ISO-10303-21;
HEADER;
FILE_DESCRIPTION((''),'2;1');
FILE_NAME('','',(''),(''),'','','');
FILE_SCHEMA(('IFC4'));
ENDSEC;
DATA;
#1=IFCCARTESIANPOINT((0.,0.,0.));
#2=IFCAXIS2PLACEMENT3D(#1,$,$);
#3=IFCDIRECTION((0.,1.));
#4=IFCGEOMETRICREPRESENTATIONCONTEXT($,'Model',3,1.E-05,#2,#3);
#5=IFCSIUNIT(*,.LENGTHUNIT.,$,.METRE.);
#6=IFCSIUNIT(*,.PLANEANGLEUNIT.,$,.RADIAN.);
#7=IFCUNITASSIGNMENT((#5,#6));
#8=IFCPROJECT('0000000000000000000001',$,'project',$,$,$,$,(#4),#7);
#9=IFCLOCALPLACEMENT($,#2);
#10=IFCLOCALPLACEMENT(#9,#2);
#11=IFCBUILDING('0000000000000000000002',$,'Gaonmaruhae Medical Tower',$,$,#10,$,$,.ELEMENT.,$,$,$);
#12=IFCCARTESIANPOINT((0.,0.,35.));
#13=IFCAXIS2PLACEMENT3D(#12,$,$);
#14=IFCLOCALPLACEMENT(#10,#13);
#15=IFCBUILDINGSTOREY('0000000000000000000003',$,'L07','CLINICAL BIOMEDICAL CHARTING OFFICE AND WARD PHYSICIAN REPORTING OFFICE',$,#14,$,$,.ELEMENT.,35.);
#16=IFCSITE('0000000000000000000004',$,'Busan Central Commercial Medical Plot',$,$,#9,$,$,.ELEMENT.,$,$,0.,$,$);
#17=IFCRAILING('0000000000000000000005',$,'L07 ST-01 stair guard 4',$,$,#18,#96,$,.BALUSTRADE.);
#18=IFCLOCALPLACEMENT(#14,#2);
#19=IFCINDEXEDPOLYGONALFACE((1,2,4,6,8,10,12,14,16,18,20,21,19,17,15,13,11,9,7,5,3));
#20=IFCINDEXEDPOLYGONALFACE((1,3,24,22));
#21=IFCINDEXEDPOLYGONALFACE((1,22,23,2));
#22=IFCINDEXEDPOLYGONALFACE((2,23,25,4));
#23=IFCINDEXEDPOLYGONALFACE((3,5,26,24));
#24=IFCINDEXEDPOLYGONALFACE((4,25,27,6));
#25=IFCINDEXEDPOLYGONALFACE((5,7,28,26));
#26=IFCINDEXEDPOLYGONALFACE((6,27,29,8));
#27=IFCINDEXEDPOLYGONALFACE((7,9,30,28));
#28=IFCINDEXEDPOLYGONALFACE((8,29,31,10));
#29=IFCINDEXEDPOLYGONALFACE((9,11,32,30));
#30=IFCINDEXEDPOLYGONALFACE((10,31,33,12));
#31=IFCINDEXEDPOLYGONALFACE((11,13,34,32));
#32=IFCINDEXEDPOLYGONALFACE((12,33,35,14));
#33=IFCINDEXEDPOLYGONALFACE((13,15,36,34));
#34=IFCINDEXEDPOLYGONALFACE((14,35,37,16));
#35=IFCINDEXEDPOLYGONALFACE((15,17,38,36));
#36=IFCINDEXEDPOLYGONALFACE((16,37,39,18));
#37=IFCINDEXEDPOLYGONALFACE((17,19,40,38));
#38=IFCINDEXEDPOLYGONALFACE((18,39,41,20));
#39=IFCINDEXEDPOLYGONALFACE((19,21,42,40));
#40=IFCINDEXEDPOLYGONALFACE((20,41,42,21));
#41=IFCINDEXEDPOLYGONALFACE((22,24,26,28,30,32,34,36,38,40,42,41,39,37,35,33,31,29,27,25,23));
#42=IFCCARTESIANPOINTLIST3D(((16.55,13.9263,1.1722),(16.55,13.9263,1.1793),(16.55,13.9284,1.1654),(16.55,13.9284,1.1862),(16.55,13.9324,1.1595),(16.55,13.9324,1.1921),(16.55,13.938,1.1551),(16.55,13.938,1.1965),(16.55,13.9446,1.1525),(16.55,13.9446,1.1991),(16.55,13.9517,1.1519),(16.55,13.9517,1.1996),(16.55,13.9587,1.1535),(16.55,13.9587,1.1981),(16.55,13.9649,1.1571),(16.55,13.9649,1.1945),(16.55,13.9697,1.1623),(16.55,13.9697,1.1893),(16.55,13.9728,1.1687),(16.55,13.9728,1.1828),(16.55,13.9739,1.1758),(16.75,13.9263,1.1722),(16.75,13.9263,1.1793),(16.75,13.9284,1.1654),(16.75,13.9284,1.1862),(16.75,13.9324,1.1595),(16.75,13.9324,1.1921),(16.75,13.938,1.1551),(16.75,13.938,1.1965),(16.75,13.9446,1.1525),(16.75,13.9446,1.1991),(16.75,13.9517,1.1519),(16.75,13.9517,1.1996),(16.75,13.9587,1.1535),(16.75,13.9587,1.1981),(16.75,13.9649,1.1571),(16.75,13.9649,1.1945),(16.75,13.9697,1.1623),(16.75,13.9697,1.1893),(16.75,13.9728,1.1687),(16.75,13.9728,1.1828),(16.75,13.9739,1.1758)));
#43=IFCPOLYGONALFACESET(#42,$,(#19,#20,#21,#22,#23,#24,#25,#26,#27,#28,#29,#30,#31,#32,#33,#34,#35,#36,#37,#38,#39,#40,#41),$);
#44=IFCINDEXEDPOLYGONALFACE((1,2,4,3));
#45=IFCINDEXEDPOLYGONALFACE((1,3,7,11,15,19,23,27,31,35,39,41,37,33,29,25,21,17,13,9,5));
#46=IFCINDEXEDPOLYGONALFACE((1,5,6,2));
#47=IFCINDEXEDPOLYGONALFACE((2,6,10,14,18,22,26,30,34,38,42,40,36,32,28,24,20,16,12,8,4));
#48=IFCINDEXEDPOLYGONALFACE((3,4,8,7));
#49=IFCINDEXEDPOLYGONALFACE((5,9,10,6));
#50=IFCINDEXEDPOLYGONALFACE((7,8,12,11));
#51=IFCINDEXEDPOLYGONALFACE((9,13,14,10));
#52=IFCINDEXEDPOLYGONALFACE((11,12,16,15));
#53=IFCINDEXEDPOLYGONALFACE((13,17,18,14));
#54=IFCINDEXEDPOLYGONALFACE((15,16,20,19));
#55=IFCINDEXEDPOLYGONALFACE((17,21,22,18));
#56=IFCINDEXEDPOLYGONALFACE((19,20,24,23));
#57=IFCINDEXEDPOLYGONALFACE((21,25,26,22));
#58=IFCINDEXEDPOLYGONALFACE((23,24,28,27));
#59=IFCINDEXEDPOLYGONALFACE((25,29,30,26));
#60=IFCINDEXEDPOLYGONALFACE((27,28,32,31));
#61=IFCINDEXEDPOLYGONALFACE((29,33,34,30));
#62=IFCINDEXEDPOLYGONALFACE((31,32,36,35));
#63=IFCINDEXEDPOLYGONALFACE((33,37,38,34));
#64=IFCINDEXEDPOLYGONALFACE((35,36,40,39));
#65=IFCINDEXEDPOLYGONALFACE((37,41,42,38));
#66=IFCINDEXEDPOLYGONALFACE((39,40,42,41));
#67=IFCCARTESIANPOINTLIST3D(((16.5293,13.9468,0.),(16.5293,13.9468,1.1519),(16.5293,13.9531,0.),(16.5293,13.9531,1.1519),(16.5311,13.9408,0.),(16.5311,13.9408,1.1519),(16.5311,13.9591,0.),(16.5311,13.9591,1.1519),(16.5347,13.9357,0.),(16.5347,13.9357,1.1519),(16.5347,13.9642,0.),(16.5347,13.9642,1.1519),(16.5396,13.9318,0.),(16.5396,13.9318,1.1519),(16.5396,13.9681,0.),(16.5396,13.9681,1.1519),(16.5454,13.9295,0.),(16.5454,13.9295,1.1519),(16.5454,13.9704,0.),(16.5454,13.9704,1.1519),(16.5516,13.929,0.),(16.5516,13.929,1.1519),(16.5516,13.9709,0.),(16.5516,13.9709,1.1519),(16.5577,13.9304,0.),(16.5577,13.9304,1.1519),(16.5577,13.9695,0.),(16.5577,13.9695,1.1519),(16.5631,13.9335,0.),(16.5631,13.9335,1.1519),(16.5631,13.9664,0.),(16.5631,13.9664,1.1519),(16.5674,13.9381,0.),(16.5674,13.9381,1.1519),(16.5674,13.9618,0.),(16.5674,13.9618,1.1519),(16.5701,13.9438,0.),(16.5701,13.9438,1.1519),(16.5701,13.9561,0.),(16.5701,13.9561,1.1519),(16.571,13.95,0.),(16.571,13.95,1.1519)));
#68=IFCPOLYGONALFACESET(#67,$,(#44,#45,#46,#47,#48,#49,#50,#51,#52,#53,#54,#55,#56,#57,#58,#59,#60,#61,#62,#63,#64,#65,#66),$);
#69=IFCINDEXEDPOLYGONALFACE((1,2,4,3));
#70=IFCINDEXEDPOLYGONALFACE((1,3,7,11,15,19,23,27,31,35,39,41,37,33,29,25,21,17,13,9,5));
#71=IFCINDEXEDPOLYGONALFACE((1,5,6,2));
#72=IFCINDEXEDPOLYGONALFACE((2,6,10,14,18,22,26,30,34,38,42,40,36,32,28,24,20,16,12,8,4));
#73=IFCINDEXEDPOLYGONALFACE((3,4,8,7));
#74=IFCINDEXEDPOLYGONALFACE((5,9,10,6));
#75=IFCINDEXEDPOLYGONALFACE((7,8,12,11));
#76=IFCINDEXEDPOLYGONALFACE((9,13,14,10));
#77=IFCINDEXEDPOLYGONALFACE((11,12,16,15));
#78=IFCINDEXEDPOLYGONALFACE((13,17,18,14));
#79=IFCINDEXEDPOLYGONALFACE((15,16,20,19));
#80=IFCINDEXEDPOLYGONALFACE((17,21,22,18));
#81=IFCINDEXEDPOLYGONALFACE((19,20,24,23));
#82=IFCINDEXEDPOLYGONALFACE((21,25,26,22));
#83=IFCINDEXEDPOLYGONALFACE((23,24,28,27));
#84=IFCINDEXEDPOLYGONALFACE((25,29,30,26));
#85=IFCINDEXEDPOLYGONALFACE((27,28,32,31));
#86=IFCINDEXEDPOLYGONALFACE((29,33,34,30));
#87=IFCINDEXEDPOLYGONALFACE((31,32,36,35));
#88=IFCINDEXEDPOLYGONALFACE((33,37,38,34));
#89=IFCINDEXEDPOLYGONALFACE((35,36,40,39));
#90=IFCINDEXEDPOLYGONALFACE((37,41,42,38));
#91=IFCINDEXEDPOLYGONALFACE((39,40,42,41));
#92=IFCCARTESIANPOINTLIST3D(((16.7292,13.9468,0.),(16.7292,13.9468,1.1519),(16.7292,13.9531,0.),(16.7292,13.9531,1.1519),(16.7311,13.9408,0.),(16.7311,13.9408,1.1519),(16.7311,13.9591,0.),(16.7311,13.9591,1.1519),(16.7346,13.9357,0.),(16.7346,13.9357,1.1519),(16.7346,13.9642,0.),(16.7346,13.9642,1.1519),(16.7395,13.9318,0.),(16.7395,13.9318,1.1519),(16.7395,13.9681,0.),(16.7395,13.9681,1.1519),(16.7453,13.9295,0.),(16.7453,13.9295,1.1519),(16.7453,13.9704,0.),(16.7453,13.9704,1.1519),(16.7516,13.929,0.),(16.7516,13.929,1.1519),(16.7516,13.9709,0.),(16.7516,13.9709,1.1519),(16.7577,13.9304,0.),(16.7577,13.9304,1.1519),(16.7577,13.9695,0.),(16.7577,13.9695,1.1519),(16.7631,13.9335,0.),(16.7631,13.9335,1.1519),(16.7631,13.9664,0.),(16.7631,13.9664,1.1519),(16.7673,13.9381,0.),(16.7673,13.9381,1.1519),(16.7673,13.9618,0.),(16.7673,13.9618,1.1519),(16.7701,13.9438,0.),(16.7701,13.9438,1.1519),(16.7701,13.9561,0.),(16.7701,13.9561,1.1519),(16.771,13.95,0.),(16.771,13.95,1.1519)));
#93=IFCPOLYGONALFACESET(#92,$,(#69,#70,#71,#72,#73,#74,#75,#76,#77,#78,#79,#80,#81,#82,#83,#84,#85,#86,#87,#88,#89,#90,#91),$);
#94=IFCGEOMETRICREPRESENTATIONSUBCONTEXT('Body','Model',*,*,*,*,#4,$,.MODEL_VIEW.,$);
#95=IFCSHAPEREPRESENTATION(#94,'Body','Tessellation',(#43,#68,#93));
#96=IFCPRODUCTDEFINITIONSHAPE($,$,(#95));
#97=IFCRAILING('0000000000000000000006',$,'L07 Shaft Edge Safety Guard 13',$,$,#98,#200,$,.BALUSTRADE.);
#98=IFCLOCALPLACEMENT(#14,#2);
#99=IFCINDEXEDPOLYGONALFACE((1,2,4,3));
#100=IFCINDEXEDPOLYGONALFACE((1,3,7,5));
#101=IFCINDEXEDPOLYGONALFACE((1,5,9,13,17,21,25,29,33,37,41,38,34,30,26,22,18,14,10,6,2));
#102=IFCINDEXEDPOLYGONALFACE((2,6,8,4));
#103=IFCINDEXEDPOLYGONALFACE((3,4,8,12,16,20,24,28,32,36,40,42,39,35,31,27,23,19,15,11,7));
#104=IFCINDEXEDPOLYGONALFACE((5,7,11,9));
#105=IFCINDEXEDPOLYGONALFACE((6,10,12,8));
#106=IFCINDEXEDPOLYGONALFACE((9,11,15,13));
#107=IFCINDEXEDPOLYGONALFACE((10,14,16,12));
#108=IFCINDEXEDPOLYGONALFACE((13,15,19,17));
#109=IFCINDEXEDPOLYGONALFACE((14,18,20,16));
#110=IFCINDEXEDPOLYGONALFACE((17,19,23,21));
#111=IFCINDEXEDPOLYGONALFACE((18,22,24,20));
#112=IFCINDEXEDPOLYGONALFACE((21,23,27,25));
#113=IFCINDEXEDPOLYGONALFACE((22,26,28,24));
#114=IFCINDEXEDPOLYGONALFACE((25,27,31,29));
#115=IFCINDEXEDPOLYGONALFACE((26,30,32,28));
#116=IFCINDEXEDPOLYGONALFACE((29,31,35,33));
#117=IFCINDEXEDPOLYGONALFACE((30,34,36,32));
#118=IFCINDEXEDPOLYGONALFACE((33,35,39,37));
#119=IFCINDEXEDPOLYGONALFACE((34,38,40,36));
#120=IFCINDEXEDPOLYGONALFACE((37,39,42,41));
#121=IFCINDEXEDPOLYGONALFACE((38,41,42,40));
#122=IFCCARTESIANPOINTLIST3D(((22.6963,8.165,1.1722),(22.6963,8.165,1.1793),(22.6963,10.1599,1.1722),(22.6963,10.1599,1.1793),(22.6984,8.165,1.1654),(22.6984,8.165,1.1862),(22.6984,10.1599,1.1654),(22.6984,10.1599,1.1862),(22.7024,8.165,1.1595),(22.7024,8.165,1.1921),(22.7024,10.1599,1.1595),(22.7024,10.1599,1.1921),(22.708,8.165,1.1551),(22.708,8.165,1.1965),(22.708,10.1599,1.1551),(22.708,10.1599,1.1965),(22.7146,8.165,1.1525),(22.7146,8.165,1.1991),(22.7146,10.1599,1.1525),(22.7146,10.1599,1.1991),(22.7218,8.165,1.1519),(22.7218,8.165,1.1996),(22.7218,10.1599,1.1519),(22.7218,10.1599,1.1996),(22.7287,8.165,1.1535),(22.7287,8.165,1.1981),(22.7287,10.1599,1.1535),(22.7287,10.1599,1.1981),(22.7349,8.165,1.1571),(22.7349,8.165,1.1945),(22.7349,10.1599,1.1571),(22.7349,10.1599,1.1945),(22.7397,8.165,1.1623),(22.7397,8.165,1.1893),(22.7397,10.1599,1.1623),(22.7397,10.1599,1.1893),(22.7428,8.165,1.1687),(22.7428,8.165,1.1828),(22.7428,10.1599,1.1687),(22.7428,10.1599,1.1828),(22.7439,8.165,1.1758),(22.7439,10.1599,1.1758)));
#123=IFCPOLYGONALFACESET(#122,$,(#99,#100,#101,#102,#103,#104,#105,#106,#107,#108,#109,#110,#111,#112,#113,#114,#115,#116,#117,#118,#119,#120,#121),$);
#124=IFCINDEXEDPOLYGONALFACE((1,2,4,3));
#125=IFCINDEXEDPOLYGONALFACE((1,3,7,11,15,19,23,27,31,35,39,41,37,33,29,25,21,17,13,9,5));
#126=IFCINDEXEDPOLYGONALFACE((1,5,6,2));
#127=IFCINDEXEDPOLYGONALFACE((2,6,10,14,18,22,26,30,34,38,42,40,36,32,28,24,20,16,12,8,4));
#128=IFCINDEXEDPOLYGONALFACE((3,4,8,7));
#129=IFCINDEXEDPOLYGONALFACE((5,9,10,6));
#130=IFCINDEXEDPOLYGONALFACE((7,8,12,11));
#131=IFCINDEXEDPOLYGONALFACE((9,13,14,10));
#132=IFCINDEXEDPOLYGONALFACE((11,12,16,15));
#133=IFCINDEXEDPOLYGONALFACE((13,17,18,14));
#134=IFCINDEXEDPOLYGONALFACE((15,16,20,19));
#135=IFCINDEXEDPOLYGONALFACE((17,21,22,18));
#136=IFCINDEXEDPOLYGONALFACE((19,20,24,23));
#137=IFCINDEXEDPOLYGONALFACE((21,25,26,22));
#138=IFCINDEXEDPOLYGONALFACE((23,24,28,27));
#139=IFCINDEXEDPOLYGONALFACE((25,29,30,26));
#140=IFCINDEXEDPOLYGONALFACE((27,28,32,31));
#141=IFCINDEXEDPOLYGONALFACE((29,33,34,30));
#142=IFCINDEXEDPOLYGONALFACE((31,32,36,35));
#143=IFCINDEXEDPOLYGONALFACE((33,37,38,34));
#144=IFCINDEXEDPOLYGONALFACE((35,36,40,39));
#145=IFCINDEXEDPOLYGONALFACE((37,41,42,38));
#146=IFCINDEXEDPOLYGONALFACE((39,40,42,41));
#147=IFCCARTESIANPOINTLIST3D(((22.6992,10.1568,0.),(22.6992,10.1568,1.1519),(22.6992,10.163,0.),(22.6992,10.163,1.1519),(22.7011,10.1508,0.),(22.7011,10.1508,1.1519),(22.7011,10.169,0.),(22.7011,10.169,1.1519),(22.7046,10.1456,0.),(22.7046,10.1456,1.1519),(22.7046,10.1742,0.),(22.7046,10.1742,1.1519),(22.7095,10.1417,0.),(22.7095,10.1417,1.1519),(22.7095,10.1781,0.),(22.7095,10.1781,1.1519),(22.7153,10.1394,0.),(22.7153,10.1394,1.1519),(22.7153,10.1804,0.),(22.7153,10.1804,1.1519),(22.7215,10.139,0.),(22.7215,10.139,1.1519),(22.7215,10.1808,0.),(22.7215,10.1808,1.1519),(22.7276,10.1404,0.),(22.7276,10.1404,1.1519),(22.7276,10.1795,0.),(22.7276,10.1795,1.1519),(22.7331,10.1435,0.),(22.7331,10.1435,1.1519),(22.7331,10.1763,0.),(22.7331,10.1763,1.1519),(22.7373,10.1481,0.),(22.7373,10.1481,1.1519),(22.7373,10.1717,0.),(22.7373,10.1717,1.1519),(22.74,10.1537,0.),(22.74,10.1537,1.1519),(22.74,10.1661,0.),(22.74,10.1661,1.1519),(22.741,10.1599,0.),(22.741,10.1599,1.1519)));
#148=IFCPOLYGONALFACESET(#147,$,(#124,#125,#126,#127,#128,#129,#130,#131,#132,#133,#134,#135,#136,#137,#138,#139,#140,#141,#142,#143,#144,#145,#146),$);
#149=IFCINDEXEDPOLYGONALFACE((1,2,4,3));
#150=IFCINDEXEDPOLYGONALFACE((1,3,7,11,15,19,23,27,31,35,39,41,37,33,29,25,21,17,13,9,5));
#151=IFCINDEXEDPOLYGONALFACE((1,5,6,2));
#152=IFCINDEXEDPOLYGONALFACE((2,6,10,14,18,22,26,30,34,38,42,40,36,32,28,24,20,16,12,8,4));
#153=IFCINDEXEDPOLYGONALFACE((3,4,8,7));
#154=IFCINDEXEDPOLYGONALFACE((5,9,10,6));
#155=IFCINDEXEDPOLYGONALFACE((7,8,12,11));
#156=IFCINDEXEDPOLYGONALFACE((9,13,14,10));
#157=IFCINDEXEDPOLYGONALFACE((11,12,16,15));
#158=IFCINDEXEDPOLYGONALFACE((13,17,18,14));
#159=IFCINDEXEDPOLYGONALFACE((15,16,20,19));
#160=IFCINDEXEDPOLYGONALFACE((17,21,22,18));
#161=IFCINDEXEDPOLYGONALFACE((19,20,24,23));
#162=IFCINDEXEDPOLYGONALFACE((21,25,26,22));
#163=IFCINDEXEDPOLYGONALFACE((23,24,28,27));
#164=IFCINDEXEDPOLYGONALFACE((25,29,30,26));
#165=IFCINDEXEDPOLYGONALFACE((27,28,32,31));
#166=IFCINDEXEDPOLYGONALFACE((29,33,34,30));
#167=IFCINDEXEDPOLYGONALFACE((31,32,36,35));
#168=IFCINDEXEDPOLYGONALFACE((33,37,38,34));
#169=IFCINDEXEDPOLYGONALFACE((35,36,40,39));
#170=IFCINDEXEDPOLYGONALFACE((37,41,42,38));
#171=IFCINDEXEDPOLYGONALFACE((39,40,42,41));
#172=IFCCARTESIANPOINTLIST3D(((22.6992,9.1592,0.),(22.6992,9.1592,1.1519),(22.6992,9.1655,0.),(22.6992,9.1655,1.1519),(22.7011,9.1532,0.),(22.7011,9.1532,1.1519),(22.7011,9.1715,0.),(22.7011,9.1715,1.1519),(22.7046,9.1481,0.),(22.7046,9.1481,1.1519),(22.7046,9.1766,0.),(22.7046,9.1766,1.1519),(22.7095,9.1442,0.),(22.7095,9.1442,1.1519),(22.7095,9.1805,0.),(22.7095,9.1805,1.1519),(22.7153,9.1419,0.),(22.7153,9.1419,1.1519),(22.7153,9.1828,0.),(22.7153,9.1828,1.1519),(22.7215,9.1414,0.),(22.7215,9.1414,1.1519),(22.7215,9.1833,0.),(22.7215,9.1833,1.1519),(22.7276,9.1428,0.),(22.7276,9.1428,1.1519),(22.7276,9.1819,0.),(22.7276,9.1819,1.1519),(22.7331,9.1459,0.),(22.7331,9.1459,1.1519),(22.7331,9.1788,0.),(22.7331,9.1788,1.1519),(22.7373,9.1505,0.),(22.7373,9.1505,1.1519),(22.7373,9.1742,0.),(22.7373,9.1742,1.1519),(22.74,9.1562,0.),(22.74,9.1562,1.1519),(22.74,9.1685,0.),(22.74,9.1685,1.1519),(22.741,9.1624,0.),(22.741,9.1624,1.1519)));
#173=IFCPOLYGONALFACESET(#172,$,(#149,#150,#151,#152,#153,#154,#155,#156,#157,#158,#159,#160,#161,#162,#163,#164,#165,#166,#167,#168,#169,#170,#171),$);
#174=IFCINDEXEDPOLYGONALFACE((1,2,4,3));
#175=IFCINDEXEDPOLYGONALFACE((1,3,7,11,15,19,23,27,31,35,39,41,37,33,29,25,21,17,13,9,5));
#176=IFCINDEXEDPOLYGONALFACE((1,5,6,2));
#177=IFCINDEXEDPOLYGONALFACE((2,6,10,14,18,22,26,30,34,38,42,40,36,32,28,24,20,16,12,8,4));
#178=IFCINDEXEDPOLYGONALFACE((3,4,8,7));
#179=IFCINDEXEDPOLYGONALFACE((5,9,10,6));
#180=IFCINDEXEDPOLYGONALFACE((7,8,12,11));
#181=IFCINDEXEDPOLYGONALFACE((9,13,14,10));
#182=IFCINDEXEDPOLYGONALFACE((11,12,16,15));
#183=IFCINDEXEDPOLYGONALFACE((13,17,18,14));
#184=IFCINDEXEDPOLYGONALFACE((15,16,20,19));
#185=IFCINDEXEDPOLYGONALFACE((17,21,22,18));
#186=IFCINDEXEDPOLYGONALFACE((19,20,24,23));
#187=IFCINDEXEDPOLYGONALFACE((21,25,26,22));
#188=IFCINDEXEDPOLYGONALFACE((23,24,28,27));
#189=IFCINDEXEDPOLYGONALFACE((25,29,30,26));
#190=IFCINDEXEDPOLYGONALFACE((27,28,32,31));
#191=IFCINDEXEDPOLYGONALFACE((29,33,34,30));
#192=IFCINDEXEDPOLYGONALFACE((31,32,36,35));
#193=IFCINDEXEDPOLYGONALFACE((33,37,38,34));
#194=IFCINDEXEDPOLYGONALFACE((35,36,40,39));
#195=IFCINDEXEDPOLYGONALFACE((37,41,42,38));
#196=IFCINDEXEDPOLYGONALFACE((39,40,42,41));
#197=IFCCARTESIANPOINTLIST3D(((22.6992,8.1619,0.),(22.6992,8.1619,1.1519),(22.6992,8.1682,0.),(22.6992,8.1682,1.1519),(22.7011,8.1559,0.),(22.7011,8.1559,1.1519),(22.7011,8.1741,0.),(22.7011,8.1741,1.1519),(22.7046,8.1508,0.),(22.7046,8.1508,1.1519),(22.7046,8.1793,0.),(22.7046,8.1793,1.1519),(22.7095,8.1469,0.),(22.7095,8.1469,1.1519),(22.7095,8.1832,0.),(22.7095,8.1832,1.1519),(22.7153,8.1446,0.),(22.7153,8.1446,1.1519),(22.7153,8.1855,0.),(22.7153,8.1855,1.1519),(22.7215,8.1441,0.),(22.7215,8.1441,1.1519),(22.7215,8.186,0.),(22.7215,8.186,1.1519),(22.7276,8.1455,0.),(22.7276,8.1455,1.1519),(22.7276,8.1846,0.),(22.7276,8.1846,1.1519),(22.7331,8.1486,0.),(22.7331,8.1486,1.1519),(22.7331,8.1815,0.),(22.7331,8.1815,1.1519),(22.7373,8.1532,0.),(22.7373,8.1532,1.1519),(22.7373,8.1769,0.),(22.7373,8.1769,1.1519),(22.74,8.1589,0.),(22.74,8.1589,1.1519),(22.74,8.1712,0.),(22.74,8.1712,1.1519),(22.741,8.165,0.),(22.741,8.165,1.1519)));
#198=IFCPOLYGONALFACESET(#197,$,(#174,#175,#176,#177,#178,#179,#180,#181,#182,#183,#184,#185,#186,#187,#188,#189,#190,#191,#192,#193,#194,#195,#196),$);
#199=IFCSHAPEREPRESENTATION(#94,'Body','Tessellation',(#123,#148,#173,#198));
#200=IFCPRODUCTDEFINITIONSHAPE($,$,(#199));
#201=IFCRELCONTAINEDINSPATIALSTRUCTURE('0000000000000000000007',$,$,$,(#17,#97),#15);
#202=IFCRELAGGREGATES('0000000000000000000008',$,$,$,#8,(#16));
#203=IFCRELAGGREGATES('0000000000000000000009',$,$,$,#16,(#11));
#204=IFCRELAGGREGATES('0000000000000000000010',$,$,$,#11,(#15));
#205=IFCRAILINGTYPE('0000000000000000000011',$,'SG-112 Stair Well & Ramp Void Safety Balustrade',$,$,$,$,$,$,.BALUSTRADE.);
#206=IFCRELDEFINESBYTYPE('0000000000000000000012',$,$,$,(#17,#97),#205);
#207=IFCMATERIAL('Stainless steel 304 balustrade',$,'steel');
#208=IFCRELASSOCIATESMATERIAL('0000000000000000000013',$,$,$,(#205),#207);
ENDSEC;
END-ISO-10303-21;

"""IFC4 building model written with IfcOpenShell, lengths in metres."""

from ifc_helpers import new_model, si_unit, direction, frame, origin, origin_2d, place, context, subcontext, project, spatial, circle, extrude, material, type_object, element, save


model = new_model("IFC4")

# Units and contexts
model_context = context("Model", 3, precision=1e-05, world=origin(), true_north=direction((0.0, 1.0)))
body_context = subcontext(model_context, "Body", "Model", "MODEL_VIEW")
ifc_project = project(units=[si_unit("LENGTHUNIT", "METRE"), si_unit("PLANEANGLEUNIT", "RADIAN")], contexts=[model_context])

# Site, building, storey
site_placement = place(None, origin())
site = spatial("IfcSite", under=ifc_project, at=site_placement, Name="Busan Central Commercial Medical Plot", CompositionType="ELEMENT", RefElevation=0.0)
building_placement = place(site_placement, origin())
building = spatial("IfcBuilding", under=site, at=building_placement, Name="Gaonmaruhae Medical Tower", CompositionType="ELEMENT")
storey_placement = place(building_placement, frame((0.0, 0.0, 35.0)))
storey = spatial("IfcBuildingStorey", under=building, at=storey_placement, Name="L07", Description="CLINICAL BIOMEDICAL CHARTING OFFICE AND WARD PHYSICIAN REPORTING OFFICE", CompositionType="ELEMENT", Elevation=35.0)

# Railings
ifc_material_1 = material(Name="Stainless steel 304 balustrade", Category="steel")
railing_type_1 = type_object("IfcRailingType", Name="SG-112 Stair Well & Ramp Void Safety Balustrade", PredefinedType="BALUSTRADE", material=ifc_material_1)
railing_1_placement = place(storey_placement, frame((16.55, 13.95, 0.0)))
element("IfcRailing", 1, at=railing_1_placement, inside=storey, type_object=railing_type_1, Name="L07 ST-01 stair guard 4", PredefinedType="BALUSTRADE", context=body_context, shape_type="SweptSolid", body=[
    extrude(circle(Radius=0.0239, at=origin_2d()), frame((0.0, 0.0, 1.1758), z_axis=(1.0, 0.0, 0.0), x_axis=(0.0, 1.0, 0.0)), (0.0, 0.0, 1.0), 0.2),
    extrude(circle(Radius=0.021, at=origin_2d()), origin(), (0.0, 0.0, 1.0), 1.1519),
    extrude(circle(Radius=0.021, at=origin_2d()), frame((0.2, 0.0, 0.0)), (0.0, 0.0, 1.0), 1.1519),
])
railing_2_placement = place(storey_placement, frame((22.72, 10.1599, 0.0)))
element("IfcRailing", 2, at=railing_2_placement, inside=storey, type_object=railing_type_1, Name="L07 Shaft Edge Safety Guard 13", PredefinedType="BALUSTRADE", context=body_context, shape_type="SweptSolid", body=[
    extrude(circle(Radius=0.0239, at=origin_2d()), frame((0.0, 0.0, 1.1758), z_axis=(0.0, -1.0, 0.0), x_axis=(1.0, 0.0, 0.0)), (0.0, 0.0, 1.0), 1.9949),
    extrude(circle(Radius=0.021, at=origin_2d()), origin(), (0.0, 0.0, 1.0), 1.1519),
    extrude(circle(Radius=0.021, at=origin_2d()), frame((0.0, -0.9976, 0.0)), (0.0, 0.0, 1.0), 1.1519),
    extrude(circle(Radius=0.021, at=origin_2d()), frame((0.0, -1.9949, 0.0)), (0.0, 0.0, 1.0), 1.1519),
])

save(model, "model.ifc")
